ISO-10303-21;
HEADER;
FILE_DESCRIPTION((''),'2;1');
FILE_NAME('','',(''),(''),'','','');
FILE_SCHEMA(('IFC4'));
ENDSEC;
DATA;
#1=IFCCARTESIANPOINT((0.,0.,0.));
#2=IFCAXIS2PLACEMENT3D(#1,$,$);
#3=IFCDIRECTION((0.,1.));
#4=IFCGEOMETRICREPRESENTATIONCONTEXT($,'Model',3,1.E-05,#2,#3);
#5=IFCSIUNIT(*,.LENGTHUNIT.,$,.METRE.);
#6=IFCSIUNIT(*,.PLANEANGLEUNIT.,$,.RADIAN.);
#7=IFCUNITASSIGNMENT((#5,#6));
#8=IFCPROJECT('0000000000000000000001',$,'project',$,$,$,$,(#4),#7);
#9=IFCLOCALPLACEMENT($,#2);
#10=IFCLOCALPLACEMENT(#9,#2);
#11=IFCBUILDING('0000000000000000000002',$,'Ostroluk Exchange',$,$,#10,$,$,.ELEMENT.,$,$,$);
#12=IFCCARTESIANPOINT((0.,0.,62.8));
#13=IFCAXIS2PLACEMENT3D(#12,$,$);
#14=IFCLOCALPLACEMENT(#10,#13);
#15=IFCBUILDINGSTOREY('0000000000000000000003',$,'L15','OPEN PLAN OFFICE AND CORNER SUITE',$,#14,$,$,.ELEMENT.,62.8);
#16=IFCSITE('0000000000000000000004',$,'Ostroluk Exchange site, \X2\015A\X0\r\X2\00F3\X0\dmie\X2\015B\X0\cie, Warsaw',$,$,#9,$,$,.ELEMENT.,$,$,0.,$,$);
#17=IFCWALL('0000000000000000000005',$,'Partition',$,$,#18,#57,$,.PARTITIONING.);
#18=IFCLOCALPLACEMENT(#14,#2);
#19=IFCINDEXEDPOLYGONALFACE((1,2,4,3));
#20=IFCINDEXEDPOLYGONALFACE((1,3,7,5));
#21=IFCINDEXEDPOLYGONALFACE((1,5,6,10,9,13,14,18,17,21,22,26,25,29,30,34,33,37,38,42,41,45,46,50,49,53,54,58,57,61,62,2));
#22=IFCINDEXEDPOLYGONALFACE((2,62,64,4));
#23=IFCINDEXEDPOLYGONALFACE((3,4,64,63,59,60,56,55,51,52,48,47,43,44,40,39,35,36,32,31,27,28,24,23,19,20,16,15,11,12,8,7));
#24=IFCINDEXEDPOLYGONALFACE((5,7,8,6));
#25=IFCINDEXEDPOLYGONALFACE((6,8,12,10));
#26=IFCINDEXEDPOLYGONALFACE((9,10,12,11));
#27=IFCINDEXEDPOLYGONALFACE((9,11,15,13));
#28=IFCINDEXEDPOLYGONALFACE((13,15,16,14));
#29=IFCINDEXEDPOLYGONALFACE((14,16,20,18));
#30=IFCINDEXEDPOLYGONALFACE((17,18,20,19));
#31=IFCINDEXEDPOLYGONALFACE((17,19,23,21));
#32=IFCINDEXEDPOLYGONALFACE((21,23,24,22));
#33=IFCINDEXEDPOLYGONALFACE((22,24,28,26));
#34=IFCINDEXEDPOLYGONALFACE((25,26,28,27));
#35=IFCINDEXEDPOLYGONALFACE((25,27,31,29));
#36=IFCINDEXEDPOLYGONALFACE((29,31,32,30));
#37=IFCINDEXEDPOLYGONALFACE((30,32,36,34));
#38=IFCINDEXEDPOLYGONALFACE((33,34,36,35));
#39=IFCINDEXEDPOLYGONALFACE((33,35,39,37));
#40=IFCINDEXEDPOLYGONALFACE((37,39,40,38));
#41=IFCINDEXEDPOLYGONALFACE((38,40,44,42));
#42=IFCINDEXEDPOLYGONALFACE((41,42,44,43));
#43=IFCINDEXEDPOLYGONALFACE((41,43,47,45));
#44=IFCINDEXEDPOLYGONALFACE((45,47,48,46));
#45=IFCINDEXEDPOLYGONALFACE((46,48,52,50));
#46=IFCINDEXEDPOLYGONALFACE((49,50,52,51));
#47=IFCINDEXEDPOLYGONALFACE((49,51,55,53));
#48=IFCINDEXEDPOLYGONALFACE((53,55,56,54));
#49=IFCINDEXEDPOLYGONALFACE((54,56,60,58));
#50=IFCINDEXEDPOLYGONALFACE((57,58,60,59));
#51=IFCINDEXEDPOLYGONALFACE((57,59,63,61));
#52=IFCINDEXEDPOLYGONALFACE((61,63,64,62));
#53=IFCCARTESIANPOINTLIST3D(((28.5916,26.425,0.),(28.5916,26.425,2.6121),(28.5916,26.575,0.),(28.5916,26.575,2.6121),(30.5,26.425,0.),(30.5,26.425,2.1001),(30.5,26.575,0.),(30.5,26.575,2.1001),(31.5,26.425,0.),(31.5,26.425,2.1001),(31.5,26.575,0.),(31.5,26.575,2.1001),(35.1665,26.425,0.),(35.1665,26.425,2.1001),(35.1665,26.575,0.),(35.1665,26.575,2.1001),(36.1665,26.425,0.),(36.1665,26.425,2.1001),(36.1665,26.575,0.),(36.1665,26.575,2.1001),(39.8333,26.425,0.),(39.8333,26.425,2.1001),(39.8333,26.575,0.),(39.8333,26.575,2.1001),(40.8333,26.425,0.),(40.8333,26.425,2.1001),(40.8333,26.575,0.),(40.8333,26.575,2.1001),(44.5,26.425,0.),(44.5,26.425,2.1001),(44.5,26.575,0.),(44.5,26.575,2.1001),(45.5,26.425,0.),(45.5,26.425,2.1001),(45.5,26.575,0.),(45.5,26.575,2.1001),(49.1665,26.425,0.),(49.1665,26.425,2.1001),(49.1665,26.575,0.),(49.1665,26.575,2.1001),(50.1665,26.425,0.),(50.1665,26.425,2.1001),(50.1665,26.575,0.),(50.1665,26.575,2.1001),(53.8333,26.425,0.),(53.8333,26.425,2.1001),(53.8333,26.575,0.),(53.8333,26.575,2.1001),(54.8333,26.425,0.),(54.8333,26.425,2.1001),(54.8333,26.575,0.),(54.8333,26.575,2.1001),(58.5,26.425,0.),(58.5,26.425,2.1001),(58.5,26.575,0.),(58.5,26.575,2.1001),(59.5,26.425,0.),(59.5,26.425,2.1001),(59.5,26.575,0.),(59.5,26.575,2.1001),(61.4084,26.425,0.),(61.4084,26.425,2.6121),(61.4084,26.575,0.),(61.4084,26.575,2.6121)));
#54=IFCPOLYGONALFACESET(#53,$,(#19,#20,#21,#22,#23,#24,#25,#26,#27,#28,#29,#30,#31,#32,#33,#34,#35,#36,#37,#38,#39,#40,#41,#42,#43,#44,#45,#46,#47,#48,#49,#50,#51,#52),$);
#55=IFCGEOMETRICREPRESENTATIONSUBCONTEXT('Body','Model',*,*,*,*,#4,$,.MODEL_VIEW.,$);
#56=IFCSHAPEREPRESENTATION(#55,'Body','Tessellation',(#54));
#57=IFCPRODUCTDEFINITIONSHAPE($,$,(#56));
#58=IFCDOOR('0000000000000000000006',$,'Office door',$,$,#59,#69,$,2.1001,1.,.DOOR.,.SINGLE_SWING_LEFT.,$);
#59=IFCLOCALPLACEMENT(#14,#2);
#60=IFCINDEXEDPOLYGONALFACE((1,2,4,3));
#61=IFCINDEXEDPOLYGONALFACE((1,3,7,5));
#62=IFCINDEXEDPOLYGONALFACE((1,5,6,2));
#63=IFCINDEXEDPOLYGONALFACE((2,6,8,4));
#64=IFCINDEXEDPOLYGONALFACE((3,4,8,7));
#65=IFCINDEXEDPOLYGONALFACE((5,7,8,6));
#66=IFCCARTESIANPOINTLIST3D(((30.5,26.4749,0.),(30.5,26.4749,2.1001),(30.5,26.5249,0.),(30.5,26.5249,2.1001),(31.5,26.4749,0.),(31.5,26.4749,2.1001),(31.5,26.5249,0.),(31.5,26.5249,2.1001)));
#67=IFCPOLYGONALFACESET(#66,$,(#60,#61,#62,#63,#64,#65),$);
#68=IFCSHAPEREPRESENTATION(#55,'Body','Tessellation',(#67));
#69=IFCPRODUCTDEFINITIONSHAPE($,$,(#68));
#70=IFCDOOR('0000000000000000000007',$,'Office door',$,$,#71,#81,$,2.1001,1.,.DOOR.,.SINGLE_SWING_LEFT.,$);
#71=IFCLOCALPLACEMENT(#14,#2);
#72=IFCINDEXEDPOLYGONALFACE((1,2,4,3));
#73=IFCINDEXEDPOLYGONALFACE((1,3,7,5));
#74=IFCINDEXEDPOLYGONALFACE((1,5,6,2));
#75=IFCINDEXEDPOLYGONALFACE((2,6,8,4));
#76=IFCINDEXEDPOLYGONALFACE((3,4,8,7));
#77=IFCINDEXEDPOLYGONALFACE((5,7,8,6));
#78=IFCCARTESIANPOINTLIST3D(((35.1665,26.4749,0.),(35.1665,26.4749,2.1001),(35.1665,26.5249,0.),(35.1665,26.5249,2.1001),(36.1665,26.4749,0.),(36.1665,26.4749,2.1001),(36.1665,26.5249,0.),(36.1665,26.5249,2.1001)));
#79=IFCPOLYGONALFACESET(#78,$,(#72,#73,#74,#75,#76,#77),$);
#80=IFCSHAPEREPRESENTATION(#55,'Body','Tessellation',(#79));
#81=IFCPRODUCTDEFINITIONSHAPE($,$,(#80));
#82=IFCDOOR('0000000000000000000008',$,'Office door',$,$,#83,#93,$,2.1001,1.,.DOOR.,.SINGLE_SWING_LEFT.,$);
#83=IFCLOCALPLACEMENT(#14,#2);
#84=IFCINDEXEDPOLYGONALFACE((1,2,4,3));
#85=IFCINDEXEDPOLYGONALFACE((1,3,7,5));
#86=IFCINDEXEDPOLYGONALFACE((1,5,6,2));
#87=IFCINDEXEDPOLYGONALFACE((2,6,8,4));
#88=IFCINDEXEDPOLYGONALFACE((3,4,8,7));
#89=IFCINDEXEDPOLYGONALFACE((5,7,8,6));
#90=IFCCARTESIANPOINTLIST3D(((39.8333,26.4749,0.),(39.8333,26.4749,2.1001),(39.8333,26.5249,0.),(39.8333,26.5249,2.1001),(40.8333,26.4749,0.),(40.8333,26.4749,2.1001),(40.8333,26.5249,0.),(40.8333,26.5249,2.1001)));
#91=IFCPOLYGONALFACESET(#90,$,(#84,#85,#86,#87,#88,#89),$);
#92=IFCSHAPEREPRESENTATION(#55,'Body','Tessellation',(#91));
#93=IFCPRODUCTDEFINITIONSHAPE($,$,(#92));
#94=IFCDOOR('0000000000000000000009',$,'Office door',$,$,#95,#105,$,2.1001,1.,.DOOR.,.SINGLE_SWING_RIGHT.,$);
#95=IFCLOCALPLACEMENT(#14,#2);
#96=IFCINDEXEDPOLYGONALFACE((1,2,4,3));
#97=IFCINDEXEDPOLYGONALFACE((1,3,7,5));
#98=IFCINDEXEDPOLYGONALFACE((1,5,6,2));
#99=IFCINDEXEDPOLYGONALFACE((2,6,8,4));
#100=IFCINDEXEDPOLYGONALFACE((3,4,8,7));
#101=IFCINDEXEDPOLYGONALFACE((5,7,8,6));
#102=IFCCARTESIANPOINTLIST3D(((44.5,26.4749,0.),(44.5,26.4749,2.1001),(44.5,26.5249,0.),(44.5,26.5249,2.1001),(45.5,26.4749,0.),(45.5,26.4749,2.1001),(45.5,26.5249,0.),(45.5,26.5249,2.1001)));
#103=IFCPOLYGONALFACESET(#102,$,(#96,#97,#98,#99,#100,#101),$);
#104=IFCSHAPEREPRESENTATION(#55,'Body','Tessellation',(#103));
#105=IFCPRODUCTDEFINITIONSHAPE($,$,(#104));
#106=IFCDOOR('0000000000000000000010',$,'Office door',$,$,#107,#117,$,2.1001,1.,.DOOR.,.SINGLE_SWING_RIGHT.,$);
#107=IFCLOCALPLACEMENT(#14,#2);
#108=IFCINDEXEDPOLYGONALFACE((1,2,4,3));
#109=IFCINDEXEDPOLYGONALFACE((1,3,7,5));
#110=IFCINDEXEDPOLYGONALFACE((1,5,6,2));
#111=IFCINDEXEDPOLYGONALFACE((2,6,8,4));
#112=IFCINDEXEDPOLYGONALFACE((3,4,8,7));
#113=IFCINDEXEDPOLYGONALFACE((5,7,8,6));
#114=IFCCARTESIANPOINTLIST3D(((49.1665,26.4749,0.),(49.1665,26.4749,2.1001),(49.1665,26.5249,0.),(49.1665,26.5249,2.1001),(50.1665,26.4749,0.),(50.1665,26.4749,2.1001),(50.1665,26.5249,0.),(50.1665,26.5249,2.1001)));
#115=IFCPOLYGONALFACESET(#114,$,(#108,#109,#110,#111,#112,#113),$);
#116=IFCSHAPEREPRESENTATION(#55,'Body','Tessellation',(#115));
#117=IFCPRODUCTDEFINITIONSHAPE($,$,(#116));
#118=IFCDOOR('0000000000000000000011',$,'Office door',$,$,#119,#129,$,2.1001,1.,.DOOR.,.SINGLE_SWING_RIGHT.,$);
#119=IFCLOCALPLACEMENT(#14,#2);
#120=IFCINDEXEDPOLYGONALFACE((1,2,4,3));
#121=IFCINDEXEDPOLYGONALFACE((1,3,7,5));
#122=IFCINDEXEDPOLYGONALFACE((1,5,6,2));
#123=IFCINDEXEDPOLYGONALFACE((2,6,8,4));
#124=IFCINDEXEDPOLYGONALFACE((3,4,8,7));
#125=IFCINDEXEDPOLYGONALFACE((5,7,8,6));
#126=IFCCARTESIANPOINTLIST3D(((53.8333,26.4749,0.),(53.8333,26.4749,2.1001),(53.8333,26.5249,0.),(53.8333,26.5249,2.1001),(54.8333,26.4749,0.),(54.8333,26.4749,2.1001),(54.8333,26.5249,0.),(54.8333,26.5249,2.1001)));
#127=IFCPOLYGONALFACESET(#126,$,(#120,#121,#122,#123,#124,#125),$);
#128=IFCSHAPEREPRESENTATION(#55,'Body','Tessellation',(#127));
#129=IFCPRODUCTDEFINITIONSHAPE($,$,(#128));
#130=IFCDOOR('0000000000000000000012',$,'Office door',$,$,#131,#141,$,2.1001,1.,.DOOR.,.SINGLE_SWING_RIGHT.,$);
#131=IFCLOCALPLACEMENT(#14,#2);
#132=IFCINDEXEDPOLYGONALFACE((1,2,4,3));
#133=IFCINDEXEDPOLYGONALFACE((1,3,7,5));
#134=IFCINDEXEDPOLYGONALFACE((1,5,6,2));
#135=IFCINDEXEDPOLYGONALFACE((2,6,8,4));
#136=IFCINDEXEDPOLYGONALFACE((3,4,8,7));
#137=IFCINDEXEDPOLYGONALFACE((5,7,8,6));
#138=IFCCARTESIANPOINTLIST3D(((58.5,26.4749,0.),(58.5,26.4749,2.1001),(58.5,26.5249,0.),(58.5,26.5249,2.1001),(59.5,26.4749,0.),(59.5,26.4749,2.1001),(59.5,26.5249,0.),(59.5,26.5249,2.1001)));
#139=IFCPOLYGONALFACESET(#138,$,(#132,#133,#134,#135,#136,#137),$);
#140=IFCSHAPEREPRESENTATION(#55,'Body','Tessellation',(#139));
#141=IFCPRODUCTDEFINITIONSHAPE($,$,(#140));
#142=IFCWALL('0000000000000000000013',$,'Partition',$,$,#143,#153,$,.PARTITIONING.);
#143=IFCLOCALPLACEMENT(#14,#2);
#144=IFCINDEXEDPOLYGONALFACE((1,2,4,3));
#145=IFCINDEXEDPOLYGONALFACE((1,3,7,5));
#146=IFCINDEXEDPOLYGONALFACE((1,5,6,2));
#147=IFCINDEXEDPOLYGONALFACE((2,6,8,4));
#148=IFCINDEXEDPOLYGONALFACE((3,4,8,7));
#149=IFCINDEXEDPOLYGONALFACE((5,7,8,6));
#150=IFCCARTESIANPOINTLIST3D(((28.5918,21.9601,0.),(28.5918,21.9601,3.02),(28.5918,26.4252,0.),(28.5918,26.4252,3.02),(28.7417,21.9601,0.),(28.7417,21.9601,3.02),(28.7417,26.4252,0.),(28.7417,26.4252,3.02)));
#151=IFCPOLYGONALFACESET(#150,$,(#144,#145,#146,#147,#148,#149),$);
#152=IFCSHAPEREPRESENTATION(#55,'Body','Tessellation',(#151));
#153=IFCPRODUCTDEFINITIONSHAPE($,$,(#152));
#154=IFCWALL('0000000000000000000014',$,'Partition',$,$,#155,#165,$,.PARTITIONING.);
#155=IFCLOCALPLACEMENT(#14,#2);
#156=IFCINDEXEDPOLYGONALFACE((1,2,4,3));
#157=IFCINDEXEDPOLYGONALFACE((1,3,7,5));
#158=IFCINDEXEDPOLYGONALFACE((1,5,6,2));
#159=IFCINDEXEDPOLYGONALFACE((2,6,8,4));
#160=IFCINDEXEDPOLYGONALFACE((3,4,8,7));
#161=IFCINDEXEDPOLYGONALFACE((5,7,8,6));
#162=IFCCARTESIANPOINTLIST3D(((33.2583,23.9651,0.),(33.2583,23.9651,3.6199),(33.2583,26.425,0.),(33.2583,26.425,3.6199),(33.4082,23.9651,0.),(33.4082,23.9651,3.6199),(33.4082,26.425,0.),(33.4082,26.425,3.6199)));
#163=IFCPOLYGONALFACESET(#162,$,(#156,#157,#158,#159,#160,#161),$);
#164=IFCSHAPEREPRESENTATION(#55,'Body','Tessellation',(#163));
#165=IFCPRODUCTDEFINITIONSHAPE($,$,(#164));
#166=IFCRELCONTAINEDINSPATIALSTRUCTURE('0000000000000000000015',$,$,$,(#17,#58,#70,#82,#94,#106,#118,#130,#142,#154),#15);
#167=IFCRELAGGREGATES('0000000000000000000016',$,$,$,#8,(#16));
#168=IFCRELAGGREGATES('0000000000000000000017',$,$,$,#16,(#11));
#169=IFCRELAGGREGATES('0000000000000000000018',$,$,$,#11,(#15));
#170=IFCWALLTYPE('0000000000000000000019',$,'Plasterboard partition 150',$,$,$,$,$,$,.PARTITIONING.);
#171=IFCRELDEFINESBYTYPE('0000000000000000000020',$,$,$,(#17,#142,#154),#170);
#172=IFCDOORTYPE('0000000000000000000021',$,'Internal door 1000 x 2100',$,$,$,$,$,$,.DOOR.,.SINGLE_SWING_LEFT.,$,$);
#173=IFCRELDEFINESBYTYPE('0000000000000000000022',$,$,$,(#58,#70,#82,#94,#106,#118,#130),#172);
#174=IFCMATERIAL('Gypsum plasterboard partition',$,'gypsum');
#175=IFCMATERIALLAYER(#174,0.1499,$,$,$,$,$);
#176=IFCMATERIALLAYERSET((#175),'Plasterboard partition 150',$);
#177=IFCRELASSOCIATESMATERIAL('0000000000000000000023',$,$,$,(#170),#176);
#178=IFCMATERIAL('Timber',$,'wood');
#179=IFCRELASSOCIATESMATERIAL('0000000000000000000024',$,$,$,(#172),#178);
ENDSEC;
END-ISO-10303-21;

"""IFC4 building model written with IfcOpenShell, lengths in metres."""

from ifc_helpers import new_model, si_unit, direction, frame, frame_2d, origin, place, context, subcontext, project, spatial, rectangle, extrude, material, layer, layer_set, type_object, element, fill, save


model = new_model("IFC4")

# Units and contexts
model_context = context("Model", 3, precision=1e-05, world=origin(), true_north=direction((0.0, 1.0)))
body_context = subcontext(model_context, "Body", "Model", "MODEL_VIEW")
ifc_project = project(units=[si_unit("LENGTHUNIT", "METRE"), si_unit("PLANEANGLEUNIT", "RADIAN")], contexts=[model_context])

# Site, building, storey
site_placement = place(None, origin())
site = spatial("IfcSite", under=ifc_project, at=site_placement, Name="Ostroluk Exchange site, Śródmieście, Warsaw", CompositionType="ELEMENT", RefElevation=0.0)
building_placement = place(site_placement, origin())
building = spatial("IfcBuilding", under=site, at=building_placement, Name="Ostroluk Exchange", CompositionType="ELEMENT")
storey_placement = place(building_placement, frame((0.0, 0.0, 62.8)))
storey = spatial("IfcBuildingStorey", under=building, at=storey_placement, Name="L15", Description="OPEN PLAN OFFICE AND CORNER SUITE", CompositionType="ELEMENT", Elevation=62.8)

# Wall, openings, doors
ifc_material_1 = material(Name="Gypsum plasterboard partition", Category="gypsum")
ifc_layer = layer(ifc_material_1, 0.1499)
ifc_layer_set = layer_set([ifc_layer], Name="Plasterboard partition 150")
wall_type = type_object("IfcWallType", Name="Plasterboard partition 150", PredefinedType="PARTITIONING", material=ifc_layer_set)
wall_1_placement = place(storey_placement, frame((28.5916, 26.5, 0.0), z_axis=(0.0, 0.0, 1.0), x_axis=(1.0, 0.0, 0.0)))
wall_1 = element("IfcWall", 1, at=wall_1_placement, inside=storey, type_object=wall_type, Name="Partition", PredefinedType="PARTITIONING", context=body_context, shape_type="SweptSolid", body=[
    extrude(rectangle(XDim=32.8169, YDim=0.1499, at=frame_2d((16.4084, 0.0))), origin(), (0.0, 0.0, 1.0), 2.6121),
])
opening_1_placement = place(wall_1_placement, frame((1.9084, 0.0, 0.0)))
opening_1 = element("IfcOpeningElement", 2, at=opening_1_placement, cuts=wall_1, PredefinedType="OPENING", context=body_context, shape_type="SweptSolid", body=[
    extrude(rectangle(XDim=1.0, YDim=2.1001, at=frame_2d((0.5, 1.05))), frame((0.0, 0.085, 0.0), z_axis=(0.0, -1.0, 0.0), x_axis=(1.0, 0.0, 0.0)), (0.0, 0.0, 1.0), 0.1699),
])
opening_2_placement = place(wall_1_placement, frame((6.575, 0.0, 0.0)))
opening_2 = element("IfcOpeningElement", 3, at=opening_2_placement, cuts=wall_1, PredefinedType="OPENING", context=body_context, shape_type="SweptSolid", body=[
    extrude(rectangle(XDim=1.0, YDim=2.1001, at=frame_2d((0.5, 1.05))), frame((0.0, 0.085, 0.0), z_axis=(0.0, -1.0, 0.0), x_axis=(1.0, 0.0, 0.0)), (0.0, 0.0, 1.0), 0.1699),
])
opening_3_placement = place(wall_1_placement, frame((11.2417, 0.0, 0.0)))
opening_3 = element("IfcOpeningElement", 4, at=opening_3_placement, cuts=wall_1, PredefinedType="OPENING", context=body_context, shape_type="SweptSolid", body=[
    extrude(rectangle(XDim=1.0, YDim=2.1001, at=frame_2d((0.5, 1.05))), frame((0.0, 0.085, 0.0), z_axis=(0.0, -1.0, 0.0), x_axis=(1.0, 0.0, 0.0)), (0.0, 0.0, 1.0), 0.1699),
])
opening_4_placement = place(wall_1_placement, frame((15.9084, 0.0, 0.0)))
opening_4 = element("IfcOpeningElement", 5, at=opening_4_placement, cuts=wall_1, PredefinedType="OPENING", context=body_context, shape_type="SweptSolid", body=[
    extrude(rectangle(XDim=1.0, YDim=2.1001, at=frame_2d((0.5, 1.05))), frame((0.0, 0.085, 0.0), z_axis=(0.0, -1.0, 0.0), x_axis=(1.0, 0.0, 0.0)), (0.0, 0.0, 1.0), 0.1699),
])
opening_5_placement = place(wall_1_placement, frame((20.575, 0.0, 0.0)))
opening_5 = element("IfcOpeningElement", 6, at=opening_5_placement, cuts=wall_1, PredefinedType="OPENING", context=body_context, shape_type="SweptSolid", body=[
    extrude(rectangle(XDim=1.0, YDim=2.1001, at=frame_2d((0.5, 1.05))), frame((0.0, 0.085, 0.0), z_axis=(0.0, -1.0, 0.0), x_axis=(1.0, 0.0, 0.0)), (0.0, 0.0, 1.0), 0.1699),
])
opening_6_placement = place(wall_1_placement, frame((25.2417, 0.0, 0.0)))
opening_6 = element("IfcOpeningElement", 7, at=opening_6_placement, cuts=wall_1, PredefinedType="OPENING", context=body_context, shape_type="SweptSolid", body=[
    extrude(rectangle(XDim=1.0, YDim=2.1001, at=frame_2d((0.5, 1.05))), frame((0.0, 0.085, 0.0), z_axis=(0.0, -1.0, 0.0), x_axis=(1.0, 0.0, 0.0)), (0.0, 0.0, 1.0), 0.1699),
])
opening_7_placement = place(wall_1_placement, frame((29.9084, 0.0, 0.0)))
opening_7 = element("IfcOpeningElement", 8, at=opening_7_placement, cuts=wall_1, PredefinedType="OPENING", context=body_context, shape_type="SweptSolid", body=[
    extrude(rectangle(XDim=1.0, YDim=2.1001, at=frame_2d((0.5, 1.05))), frame((0.0, 0.085, 0.0), z_axis=(0.0, -1.0, 0.0), x_axis=(1.0, 0.0, 0.0)), (0.0, 0.0, 1.0), 0.1699),
])
ifc_material_2 = material(Name="Timber", Category="wood")
door_type = type_object("IfcDoorType", Name="Internal door 1000 x 2100", OperationType="SINGLE_SWING_LEFT", PredefinedType="DOOR", material=ifc_material_2)
door_1_placement = place(opening_1_placement, origin())
door_1 = element("IfcDoor", 9, at=door_1_placement, inside=storey, type_object=door_type, Name="Office door", OperationType="SINGLE_SWING_LEFT", OverallHeight=2.1001, OverallWidth=1.0, PredefinedType="DOOR", context=body_context, shape_type="SweptSolid", body=[
    extrude(rectangle(XDim=1.0, YDim=2.1001, at=frame_2d((0.5, 1.05))), frame((0.0, 0.0249, 0.0), z_axis=(0.0, -1.0, 0.0), x_axis=(1.0, 0.0, 0.0)), (0.0, 0.0, 1.0), 0.05),
])
fill(opening_1, door_1)
door_2_placement = place(opening_2_placement, origin())
door_2 = element("IfcDoor", 10, at=door_2_placement, inside=storey, type_object=door_type, Name="Office door", OperationType="SINGLE_SWING_LEFT", OverallHeight=2.1001, OverallWidth=1.0, PredefinedType="DOOR", context=body_context, shape_type="SweptSolid", body=[
    extrude(rectangle(XDim=1.0, YDim=2.1001, at=frame_2d((0.5, 1.05))), frame((0.0, 0.0249, 0.0), z_axis=(0.0, -1.0, 0.0), x_axis=(1.0, 0.0, 0.0)), (0.0, 0.0, 1.0), 0.05),
])
fill(opening_2, door_2)
door_3_placement = place(opening_3_placement, origin())
door_3 = element("IfcDoor", 11, at=door_3_placement, inside=storey, type_object=door_type, Name="Office door", OperationType="SINGLE_SWING_LEFT", OverallHeight=2.1001, OverallWidth=1.0, PredefinedType="DOOR", context=body_context, shape_type="SweptSolid", body=[
    extrude(rectangle(XDim=1.0, YDim=2.1001, at=frame_2d((0.5, 1.05))), frame((0.0, 0.0249, 0.0), z_axis=(0.0, -1.0, 0.0), x_axis=(1.0, 0.0, 0.0)), (0.0, 0.0, 1.0), 0.05),
])
fill(opening_3, door_3)
door_4_placement = place(opening_4_placement, origin())
door_4 = element("IfcDoor", 12, at=door_4_placement, inside=storey, type_object=door_type, Name="Office door", OperationType="SINGLE_SWING_RIGHT", OverallHeight=2.1001, OverallWidth=1.0, PredefinedType="DOOR", context=body_context, shape_type="SweptSolid", body=[
    extrude(rectangle(XDim=1.0, YDim=2.1001, at=frame_2d((0.5, 1.05))), frame((0.0, 0.0249, 0.0), z_axis=(0.0, -1.0, 0.0), x_axis=(1.0, 0.0, 0.0)), (0.0, 0.0, 1.0), 0.05),
])
fill(opening_4, door_4)
door_5_placement = place(opening_5_placement, origin())
door_5 = element("IfcDoor", 13, at=door_5_placement, inside=storey, type_object=door_type, Name="Office door", OperationType="SINGLE_SWING_RIGHT", OverallHeight=2.1001, OverallWidth=1.0, PredefinedType="DOOR", context=body_context, shape_type="SweptSolid", body=[
    extrude(rectangle(XDim=1.0, YDim=2.1001, at=frame_2d((0.5, 1.05))), frame((0.0, 0.0249, 0.0), z_axis=(0.0, -1.0, 0.0), x_axis=(1.0, 0.0, 0.0)), (0.0, 0.0, 1.0), 0.05),
])
fill(opening_5, door_5)
door_6_placement = place(opening_6_placement, origin())
door_6 = element("IfcDoor", 14, at=door_6_placement, inside=storey, type_object=door_type, Name="Office door", OperationType="SINGLE_SWING_RIGHT", OverallHeight=2.1001, OverallWidth=1.0, PredefinedType="DOOR", context=body_context, shape_type="SweptSolid", body=[
    extrude(rectangle(XDim=1.0, YDim=2.1001, at=frame_2d((0.5, 1.05))), frame((0.0, 0.0249, 0.0), z_axis=(0.0, -1.0, 0.0), x_axis=(1.0, 0.0, 0.0)), (0.0, 0.0, 1.0), 0.05),
])
fill(opening_6, door_6)
door_7_placement = place(opening_7_placement, origin())
door_7 = element("IfcDoor", 15, at=door_7_placement, inside=storey, type_object=door_type, Name="Office door", OperationType="SINGLE_SWING_RIGHT", OverallHeight=2.1001, OverallWidth=1.0, PredefinedType="DOOR", context=body_context, shape_type="SweptSolid", body=[
    extrude(rectangle(XDim=1.0, YDim=2.1001, at=frame_2d((0.5, 1.05))), frame((0.0, 0.0249, 0.0), z_axis=(0.0, -1.0, 0.0), x_axis=(1.0, 0.0, 0.0)), (0.0, 0.0, 1.0), 0.05),
])
fill(opening_7, door_7)

# Walls
wall_2_placement = place(storey_placement, frame((28.6667, 26.425, 0.0), z_axis=(0.0, 0.0, 1.0), x_axis=(0.0, -1.0, 0.0)))
element("IfcWall", 16, at=wall_2_placement, inside=storey, type_object=wall_type, Name="Partition", PredefinedType="PARTITIONING", context=body_context, shape_type="SweptSolid", body=[
    extrude(rectangle(XDim=4.4651, YDim=0.1499, at=frame_2d((2.2324, 0.0))), origin(), (0.0, 0.0, 1.0), 3.02),
])
wall_3_placement = place(storey_placement, frame((33.3333, 26.425, 0.0), z_axis=(0.0, 0.0, 1.0), x_axis=(0.0, -1.0, 0.0)))
element("IfcWall", 17, at=wall_3_placement, inside=storey, type_object=wall_type, Name="Partition", PredefinedType="PARTITIONING", context=body_context, shape_type="SweptSolid", body=[
    extrude(rectangle(XDim=2.46, YDim=0.1499, at=frame_2d((1.23, 0.0))), origin(), (0.0, 0.0, 1.0), 3.6199),
])

save(model, "model.ifc")
